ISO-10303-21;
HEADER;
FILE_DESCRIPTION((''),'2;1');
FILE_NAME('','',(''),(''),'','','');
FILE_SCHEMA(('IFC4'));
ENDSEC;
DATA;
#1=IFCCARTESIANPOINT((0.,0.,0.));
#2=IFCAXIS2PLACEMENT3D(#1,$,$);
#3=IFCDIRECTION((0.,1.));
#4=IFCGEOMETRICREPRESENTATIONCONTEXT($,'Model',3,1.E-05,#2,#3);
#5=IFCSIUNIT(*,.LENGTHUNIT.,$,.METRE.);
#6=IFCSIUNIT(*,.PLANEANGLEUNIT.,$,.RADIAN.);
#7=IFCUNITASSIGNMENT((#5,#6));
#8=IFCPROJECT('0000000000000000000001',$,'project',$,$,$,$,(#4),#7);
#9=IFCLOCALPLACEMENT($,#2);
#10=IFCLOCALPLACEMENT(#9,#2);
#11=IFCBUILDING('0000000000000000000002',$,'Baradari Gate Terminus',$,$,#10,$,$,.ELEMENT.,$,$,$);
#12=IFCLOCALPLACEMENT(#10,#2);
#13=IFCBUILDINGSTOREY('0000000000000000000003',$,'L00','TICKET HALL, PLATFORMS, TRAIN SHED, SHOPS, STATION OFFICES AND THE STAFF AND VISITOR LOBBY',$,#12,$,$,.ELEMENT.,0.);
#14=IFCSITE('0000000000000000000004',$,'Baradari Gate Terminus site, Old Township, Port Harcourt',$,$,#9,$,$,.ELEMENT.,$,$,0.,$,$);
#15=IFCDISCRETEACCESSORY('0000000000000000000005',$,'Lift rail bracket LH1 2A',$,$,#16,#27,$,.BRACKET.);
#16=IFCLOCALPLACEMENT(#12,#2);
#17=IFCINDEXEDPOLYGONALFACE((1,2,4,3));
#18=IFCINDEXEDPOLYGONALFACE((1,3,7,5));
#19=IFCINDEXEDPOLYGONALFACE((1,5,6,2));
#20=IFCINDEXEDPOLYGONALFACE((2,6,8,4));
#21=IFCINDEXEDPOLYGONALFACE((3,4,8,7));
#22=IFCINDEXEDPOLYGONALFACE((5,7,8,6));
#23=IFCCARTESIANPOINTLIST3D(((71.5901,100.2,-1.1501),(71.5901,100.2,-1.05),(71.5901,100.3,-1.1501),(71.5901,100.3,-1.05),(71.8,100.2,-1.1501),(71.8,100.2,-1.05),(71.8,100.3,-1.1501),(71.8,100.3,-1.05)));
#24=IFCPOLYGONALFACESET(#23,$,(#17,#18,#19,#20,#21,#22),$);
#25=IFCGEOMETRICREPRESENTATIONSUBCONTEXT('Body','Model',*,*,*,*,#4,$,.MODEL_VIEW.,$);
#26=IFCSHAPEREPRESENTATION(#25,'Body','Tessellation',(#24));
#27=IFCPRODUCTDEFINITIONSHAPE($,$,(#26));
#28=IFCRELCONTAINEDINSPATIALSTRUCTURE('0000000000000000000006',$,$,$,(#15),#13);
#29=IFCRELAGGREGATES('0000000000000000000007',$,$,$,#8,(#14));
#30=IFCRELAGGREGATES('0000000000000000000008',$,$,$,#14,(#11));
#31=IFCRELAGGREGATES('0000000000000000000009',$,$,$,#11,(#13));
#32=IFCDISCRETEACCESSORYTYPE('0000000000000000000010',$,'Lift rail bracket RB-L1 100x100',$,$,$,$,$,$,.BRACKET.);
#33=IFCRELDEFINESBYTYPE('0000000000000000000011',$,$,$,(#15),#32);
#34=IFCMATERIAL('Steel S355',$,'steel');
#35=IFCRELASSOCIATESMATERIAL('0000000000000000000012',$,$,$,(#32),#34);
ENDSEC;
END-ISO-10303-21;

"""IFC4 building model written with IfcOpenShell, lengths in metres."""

from ifc_helpers import new_model, si_unit, direction, frame, origin, origin_2d, place, context, subcontext, project, spatial, rectangle, extrude, material, type_object, element, save


model = new_model("IFC4")

# Units and contexts
model_context = context("Model", 3, precision=1e-05, world=origin(), true_north=direction((0.0, 1.0)))
body_context = subcontext(model_context, "Body", "Model", "MODEL_VIEW")
ifc_project = project(units=[si_unit("LENGTHUNIT", "METRE"), si_unit("PLANEANGLEUNIT", "RADIAN")], contexts=[model_context])

# Site, building, storey
site_placement = place(None, origin())
site = spatial("IfcSite", under=ifc_project, at=site_placement, Name="Baradari Gate Terminus site, Old Township, Port Harcourt", CompositionType="ELEMENT", RefElevation=0.0)
building_placement = place(site_placement, origin())
building = spatial("IfcBuilding", under=site, at=building_placement, Name="Baradari Gate Terminus", CompositionType="ELEMENT")
storey_placement = place(building_placement, origin())
storey = spatial("IfcBuildingStorey", under=building, at=storey_placement, Name="L00", Description="TICKET HALL, PLATFORMS, TRAIN SHED, SHOPS, STATION OFFICES AND THE STAFF AND VISITOR LOBBY", CompositionType="ELEMENT", Elevation=0.0)

# Discrete accessory
ifc_material_1 = material(Name="Steel S355", Category="steel")
discrete_accessory_type_1 = type_object("IfcDiscreteAccessoryType", Name="Lift rail bracket RB-L1 100x100", PredefinedType="BRACKET", material=ifc_material_1)
for number, where, z_axis, x_axis, name in (
    (1, (71.6951, 100.25, -1.1501), (0.0, 0.0, 1.0), (1.0, 0.0, 0.0), "Lift rail bracket LH1 2A"),
):
    element("IfcDiscreteAccessory", number, at=place(storey_placement, frame(where, z_axis=z_axis, x_axis=x_axis)), inside=storey, type_object=discrete_accessory_type_1, Name=name, PredefinedType="BRACKET", context=body_context, shape_type="SweptSolid", body=[
        extrude(rectangle(XDim=0.21, YDim=0.1001, at=origin_2d()), origin(), (0.0, 0.0, 1.0), 0.1001),
    ])

save(model, "model.ifc")
